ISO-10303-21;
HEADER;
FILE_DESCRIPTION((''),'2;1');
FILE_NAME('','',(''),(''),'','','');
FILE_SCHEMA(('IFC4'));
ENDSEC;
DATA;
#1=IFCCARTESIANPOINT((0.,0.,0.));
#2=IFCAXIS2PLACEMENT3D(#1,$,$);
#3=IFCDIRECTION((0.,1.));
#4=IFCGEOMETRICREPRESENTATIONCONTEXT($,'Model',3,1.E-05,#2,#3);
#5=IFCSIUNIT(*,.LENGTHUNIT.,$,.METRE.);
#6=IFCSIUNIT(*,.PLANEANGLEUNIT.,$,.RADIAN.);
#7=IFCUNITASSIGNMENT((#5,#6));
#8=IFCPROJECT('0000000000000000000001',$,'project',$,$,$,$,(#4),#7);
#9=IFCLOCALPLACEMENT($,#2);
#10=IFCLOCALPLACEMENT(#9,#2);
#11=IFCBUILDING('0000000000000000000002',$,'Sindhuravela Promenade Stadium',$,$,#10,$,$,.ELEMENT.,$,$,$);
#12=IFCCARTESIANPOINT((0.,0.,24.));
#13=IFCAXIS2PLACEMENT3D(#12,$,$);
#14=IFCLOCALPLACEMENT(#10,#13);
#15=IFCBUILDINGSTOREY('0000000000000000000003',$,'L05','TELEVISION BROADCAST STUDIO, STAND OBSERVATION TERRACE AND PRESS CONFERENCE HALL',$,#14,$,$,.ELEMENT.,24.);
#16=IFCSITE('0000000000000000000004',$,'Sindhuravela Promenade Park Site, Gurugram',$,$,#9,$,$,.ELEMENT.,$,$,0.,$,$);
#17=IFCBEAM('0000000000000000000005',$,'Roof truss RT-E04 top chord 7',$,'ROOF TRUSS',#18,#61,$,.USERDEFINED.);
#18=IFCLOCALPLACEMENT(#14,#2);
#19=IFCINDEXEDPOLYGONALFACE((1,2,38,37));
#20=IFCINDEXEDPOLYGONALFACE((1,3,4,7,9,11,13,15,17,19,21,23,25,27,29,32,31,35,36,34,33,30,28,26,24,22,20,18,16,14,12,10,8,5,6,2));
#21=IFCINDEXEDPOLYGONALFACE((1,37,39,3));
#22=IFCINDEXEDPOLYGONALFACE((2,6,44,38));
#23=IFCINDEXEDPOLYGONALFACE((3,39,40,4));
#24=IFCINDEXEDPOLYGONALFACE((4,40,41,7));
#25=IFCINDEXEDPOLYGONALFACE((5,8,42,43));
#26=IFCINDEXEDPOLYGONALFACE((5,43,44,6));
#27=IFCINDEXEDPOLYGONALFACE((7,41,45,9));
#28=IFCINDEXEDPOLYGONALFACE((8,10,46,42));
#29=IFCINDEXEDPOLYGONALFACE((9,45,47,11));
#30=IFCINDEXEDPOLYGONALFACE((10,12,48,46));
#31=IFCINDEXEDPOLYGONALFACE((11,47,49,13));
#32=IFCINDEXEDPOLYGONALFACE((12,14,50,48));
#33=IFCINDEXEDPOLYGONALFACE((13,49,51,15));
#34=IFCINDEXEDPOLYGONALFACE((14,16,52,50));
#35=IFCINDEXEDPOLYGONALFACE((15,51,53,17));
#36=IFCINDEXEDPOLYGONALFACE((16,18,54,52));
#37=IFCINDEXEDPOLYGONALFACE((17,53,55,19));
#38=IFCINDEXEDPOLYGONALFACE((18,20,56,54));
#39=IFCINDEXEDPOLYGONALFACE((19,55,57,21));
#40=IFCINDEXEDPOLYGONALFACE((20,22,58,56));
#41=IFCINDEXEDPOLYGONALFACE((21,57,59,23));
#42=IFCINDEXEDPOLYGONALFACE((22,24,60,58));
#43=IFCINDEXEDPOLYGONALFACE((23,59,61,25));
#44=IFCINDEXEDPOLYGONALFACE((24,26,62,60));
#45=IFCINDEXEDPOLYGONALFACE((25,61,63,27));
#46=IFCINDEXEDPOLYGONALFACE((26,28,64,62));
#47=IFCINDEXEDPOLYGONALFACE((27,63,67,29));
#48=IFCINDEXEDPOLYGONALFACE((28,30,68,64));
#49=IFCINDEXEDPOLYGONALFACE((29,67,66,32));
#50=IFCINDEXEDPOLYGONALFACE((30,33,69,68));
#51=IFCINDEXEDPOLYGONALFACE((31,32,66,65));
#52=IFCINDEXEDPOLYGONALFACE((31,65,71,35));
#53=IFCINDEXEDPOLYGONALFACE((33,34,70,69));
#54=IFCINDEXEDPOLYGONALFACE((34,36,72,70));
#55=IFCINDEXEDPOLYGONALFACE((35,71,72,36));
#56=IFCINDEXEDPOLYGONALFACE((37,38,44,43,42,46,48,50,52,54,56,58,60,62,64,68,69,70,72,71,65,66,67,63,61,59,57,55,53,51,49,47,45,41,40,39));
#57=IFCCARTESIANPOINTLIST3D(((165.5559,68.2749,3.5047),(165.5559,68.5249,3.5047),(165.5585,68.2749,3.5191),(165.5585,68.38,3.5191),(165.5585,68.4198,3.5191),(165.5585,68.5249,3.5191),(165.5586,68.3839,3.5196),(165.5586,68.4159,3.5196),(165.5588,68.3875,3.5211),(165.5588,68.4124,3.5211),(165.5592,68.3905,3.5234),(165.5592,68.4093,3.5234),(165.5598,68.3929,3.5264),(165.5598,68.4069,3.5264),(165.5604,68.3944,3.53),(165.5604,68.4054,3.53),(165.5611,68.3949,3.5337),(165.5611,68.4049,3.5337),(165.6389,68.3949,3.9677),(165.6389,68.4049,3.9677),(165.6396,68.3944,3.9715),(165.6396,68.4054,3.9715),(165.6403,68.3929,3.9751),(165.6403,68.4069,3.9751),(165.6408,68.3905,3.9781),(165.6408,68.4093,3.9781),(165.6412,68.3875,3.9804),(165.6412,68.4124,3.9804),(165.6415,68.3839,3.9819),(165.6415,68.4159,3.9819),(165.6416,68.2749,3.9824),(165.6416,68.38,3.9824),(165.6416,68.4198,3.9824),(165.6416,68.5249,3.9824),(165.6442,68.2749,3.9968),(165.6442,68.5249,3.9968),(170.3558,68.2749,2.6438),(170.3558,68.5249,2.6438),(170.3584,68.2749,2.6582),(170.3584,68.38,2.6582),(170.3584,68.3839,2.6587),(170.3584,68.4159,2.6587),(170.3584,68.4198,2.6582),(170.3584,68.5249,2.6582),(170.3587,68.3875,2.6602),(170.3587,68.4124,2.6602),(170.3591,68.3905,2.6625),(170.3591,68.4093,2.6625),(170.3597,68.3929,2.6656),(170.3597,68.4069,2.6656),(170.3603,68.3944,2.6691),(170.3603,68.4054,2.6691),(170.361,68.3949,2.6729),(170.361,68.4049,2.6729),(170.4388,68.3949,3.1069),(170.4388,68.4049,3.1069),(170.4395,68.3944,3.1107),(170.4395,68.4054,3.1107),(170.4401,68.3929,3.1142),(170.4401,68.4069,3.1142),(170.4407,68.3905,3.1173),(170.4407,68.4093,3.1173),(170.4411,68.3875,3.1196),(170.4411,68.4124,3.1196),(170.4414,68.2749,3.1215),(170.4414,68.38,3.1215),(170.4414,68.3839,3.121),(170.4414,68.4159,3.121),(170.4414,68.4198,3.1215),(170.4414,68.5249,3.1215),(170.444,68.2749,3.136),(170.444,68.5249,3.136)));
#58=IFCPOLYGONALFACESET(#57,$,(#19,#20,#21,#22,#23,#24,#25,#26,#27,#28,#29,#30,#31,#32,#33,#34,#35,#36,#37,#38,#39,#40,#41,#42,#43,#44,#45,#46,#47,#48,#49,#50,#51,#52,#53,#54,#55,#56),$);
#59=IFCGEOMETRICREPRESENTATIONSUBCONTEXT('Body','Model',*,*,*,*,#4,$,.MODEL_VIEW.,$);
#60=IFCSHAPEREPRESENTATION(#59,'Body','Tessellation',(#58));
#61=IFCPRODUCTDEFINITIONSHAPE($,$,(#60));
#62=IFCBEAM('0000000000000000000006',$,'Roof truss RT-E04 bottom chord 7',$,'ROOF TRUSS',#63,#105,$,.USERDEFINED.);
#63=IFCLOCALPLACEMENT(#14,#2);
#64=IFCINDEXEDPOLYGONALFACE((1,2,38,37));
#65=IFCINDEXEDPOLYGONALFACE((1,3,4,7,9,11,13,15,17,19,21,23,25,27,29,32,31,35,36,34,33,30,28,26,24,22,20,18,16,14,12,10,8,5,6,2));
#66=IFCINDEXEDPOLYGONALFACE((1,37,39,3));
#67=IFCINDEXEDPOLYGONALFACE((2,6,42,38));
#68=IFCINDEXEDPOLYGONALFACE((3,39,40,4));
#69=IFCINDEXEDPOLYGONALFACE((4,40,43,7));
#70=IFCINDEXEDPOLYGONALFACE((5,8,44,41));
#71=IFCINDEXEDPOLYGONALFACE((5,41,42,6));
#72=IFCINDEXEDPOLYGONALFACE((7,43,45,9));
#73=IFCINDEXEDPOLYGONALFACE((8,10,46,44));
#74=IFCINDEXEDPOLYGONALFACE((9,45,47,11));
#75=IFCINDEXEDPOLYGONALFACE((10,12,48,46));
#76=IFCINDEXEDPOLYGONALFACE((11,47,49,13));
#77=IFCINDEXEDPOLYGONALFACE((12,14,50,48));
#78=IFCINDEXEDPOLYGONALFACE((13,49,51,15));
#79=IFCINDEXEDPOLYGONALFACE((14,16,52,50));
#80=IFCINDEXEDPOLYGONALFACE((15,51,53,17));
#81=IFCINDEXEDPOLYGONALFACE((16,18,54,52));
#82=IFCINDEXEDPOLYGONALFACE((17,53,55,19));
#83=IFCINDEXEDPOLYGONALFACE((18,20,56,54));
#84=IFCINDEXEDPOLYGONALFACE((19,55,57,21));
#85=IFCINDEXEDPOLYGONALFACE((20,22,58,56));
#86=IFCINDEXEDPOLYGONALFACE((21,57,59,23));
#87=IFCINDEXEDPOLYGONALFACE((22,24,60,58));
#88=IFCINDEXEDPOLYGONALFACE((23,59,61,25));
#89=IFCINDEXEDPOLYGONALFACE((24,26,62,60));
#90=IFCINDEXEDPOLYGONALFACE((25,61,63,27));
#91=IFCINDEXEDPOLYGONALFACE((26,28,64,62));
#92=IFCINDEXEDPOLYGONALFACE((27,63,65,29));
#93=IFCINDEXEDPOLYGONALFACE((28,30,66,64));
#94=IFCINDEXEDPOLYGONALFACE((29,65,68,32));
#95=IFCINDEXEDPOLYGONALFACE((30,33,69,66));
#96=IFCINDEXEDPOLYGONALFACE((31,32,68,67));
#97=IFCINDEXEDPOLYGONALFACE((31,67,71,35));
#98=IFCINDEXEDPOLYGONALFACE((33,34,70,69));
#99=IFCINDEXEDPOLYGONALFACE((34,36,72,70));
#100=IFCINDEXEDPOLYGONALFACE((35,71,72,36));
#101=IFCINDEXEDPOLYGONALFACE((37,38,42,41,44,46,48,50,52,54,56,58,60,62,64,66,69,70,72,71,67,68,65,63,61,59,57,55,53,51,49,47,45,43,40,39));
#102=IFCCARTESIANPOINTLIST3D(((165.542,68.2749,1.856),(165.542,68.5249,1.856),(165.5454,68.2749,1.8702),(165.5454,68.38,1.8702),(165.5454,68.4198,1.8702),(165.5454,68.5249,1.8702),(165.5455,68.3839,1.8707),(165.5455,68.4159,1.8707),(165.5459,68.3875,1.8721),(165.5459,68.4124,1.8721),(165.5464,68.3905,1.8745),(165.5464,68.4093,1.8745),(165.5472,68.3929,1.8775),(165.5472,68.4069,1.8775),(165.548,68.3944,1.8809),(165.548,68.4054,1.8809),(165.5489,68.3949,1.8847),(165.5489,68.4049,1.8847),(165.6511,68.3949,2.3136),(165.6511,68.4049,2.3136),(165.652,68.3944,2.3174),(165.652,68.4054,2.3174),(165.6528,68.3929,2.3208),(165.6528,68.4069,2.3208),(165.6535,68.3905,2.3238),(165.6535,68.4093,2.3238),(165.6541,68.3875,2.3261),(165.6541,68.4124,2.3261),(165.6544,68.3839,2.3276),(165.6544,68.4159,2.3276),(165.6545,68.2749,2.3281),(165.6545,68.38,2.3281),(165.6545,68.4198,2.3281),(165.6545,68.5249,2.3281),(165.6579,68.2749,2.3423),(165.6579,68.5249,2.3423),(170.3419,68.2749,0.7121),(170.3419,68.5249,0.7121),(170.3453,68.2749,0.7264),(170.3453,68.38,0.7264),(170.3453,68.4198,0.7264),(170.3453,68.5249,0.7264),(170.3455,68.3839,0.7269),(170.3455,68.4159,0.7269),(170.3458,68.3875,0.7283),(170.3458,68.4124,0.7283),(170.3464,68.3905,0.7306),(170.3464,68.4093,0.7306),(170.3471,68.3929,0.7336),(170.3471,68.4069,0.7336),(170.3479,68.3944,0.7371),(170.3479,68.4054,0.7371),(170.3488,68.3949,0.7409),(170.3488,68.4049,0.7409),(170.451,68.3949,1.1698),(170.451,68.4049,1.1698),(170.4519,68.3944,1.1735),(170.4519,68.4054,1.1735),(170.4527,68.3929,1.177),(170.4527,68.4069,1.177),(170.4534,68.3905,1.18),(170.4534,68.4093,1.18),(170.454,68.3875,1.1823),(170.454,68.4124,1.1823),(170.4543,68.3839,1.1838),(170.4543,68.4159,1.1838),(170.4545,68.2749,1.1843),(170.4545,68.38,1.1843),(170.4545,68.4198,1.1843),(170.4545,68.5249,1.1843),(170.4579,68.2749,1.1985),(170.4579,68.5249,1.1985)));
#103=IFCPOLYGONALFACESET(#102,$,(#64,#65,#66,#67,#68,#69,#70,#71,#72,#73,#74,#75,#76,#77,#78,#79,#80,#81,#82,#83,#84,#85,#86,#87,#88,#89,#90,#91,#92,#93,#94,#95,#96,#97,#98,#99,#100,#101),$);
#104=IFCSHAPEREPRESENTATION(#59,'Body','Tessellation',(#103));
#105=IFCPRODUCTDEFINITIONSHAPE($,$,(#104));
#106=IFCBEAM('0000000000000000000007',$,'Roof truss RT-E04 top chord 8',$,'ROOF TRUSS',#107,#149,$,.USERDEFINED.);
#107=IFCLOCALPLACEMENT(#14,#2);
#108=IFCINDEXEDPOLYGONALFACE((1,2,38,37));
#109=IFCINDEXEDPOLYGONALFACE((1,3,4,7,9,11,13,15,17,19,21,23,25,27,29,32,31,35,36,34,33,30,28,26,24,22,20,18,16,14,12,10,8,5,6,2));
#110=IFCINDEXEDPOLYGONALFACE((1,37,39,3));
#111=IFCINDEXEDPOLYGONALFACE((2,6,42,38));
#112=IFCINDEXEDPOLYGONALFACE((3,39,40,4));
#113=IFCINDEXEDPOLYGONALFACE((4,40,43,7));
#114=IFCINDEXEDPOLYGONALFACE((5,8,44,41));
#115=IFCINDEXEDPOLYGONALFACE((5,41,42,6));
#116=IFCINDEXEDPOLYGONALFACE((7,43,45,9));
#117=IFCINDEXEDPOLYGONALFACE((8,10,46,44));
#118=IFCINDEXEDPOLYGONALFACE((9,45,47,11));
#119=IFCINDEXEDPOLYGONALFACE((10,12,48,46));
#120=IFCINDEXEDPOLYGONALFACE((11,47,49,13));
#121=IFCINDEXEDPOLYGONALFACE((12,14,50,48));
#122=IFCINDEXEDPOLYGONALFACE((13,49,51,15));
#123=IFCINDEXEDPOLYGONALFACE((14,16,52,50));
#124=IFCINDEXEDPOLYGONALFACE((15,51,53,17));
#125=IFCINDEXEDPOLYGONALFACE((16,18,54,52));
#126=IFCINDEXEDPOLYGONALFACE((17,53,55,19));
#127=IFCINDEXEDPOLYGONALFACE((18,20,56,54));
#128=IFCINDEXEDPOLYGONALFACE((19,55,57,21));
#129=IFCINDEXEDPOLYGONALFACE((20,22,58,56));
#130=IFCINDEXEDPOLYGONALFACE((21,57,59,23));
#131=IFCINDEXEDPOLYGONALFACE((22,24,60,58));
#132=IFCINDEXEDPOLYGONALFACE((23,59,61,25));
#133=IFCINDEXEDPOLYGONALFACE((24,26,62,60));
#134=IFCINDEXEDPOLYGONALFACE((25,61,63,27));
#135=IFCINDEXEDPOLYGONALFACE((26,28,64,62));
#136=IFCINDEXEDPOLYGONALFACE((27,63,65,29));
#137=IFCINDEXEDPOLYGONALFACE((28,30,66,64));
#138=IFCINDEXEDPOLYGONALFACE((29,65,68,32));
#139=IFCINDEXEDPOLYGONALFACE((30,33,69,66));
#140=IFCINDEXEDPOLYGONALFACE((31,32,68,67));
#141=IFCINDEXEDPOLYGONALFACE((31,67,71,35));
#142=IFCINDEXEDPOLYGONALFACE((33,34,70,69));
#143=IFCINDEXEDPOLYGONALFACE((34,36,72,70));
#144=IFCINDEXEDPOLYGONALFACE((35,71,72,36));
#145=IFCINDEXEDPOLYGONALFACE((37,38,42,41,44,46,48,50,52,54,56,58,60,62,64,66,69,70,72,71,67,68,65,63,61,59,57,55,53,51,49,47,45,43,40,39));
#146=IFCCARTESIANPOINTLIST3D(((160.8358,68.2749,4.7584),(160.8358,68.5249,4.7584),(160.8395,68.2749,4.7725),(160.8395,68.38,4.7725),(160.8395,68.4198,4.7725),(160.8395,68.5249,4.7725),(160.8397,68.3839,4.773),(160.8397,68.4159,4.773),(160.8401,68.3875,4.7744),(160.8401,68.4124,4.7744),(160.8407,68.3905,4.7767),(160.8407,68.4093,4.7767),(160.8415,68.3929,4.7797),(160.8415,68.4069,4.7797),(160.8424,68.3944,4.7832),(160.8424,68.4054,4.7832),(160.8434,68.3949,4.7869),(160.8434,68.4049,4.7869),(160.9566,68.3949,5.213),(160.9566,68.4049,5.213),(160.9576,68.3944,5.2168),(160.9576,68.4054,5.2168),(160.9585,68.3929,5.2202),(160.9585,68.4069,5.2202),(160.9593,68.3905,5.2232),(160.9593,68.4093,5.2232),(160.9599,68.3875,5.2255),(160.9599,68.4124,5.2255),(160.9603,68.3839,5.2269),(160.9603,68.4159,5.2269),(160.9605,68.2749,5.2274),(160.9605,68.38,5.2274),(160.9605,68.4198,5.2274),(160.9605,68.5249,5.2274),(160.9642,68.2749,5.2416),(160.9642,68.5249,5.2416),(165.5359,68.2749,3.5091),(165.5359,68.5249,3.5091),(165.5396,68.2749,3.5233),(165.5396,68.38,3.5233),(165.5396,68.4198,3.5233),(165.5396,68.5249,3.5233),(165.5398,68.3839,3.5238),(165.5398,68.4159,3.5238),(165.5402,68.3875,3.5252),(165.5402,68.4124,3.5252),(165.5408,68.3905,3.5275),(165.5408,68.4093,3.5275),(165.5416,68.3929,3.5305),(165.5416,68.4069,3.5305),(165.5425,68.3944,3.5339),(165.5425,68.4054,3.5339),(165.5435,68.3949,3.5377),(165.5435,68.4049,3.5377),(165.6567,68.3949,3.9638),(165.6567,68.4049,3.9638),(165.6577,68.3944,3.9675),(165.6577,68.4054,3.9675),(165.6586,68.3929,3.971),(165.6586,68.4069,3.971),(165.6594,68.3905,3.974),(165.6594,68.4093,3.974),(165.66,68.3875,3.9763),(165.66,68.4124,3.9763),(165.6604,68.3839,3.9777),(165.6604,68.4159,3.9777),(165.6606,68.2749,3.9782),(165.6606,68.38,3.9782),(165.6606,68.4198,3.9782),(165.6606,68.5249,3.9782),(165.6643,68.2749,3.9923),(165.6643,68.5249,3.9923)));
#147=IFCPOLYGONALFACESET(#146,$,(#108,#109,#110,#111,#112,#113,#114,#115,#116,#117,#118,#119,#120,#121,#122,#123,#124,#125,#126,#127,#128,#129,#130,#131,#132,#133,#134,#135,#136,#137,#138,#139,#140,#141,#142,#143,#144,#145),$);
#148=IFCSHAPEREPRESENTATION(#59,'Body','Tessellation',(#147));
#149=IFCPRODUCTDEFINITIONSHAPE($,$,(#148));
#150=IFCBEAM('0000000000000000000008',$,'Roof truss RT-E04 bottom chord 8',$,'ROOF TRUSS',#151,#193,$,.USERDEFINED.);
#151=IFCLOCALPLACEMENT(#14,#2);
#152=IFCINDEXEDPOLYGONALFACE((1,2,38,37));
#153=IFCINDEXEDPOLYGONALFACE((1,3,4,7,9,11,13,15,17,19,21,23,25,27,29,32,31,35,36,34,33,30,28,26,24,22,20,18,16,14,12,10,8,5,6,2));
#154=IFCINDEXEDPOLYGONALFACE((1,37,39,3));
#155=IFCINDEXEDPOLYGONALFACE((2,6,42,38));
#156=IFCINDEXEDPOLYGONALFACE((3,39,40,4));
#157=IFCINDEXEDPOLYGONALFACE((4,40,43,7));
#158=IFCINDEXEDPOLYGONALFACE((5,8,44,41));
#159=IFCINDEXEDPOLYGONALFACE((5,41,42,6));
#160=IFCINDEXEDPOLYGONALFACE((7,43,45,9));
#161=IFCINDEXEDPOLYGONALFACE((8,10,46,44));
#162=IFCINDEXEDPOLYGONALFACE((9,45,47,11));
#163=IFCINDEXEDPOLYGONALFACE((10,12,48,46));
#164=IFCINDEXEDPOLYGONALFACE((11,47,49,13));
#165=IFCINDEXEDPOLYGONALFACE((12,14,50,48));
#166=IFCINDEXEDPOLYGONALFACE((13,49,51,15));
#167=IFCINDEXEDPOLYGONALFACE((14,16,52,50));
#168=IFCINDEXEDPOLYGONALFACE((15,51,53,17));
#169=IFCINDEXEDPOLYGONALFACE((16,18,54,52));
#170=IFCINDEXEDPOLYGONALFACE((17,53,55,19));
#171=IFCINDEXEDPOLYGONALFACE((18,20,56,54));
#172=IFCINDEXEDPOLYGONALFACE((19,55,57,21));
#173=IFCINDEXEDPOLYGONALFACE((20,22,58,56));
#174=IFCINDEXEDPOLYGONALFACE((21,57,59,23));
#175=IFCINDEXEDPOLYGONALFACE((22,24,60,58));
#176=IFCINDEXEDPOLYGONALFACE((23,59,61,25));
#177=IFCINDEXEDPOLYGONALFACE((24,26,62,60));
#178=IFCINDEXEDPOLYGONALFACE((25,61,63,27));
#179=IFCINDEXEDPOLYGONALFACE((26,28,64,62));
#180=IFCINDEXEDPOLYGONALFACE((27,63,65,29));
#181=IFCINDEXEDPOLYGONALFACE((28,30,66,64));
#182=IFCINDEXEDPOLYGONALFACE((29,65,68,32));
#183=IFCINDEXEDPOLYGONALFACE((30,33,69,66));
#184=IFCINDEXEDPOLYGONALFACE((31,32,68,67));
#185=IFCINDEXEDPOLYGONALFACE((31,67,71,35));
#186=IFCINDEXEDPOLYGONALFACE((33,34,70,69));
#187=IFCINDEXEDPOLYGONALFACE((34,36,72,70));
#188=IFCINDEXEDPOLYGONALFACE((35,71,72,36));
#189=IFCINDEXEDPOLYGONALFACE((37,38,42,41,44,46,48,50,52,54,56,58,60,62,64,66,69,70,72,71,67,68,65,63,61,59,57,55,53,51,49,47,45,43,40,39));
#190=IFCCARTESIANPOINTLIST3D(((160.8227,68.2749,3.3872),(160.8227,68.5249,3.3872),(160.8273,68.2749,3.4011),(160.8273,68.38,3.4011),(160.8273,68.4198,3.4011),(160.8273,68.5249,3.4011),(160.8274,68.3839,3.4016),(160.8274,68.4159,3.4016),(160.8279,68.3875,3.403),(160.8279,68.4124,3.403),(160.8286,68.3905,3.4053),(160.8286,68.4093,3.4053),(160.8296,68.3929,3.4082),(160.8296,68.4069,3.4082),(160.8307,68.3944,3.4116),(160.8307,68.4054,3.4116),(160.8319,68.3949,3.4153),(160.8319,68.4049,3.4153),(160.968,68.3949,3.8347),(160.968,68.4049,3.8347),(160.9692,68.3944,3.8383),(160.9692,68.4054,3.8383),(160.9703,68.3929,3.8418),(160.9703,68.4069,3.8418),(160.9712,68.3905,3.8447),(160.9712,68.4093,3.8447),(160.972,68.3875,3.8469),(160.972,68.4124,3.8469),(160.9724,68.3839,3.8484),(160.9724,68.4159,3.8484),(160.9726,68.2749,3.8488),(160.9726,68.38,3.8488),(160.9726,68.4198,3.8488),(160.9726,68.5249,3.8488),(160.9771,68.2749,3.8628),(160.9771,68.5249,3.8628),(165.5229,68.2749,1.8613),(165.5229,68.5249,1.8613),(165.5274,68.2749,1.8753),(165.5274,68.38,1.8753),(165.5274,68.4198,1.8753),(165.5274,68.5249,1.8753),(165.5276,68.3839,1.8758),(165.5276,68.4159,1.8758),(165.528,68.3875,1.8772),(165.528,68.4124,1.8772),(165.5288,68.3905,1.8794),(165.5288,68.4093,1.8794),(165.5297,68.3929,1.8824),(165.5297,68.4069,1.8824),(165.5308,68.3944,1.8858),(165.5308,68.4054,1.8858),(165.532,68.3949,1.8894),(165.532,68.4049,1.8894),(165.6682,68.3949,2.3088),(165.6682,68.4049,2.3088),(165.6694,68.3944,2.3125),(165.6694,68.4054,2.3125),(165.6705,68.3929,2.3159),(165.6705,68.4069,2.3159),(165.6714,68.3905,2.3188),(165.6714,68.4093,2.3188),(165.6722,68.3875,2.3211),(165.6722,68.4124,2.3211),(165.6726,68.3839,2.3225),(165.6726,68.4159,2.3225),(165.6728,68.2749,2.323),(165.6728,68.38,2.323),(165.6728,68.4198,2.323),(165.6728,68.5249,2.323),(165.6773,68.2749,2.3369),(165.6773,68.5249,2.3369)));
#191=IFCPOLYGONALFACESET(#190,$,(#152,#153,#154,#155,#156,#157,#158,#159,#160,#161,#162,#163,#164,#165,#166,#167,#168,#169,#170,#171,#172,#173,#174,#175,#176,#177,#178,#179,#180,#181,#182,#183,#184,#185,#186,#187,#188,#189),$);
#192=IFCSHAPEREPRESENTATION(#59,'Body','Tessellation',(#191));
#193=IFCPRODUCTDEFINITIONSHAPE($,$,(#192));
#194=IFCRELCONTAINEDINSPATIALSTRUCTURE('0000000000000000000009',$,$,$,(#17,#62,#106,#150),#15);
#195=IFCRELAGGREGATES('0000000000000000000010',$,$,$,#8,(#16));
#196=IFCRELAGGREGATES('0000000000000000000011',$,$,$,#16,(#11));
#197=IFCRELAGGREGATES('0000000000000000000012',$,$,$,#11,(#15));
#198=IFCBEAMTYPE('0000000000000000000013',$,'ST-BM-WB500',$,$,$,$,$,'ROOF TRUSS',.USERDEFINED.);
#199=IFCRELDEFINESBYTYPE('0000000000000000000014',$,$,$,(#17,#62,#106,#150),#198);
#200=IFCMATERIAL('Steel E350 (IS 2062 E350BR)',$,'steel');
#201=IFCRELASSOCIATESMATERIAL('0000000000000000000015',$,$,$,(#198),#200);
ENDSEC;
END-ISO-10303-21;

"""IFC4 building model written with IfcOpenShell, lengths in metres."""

from ifc_helpers import new_model, si_unit, direction, frame, origin, origin_2d, place, context, subcontext, project, spatial, i_section, extrude, material, material_profile, profile_set, type_object, element, save


model = new_model("IFC4")

# Units and contexts
model_context = context("Model", 3, precision=1e-05, world=origin(), true_north=direction((0.0, 1.0)))
body_context = subcontext(model_context, "Body", "Model", "MODEL_VIEW")
ifc_project = project(units=[si_unit("LENGTHUNIT", "METRE"), si_unit("PLANEANGLEUNIT", "RADIAN")], contexts=[model_context])

# Site, building, storey
site_placement = place(None, origin())
site = spatial("IfcSite", under=ifc_project, at=site_placement, Name="Sindhuravela Promenade Park Site, Gurugram", CompositionType="ELEMENT", RefElevation=0.0)
building_placement = place(site_placement, origin())
building = spatial("IfcBuilding", under=site, at=building_placement, Name="Sindhuravela Promenade Stadium", CompositionType="ELEMENT")
storey_placement = place(building_placement, frame((0.0, 0.0, 24.0)))
storey = spatial("IfcBuildingStorey", under=building, at=storey_placement, Name="L05", Description="TELEVISION BROADCAST STUDIO, STAND OBSERVATION TERRACE AND PRESS CONFERENCE HALL", CompositionType="ELEMENT", Elevation=24.0)

# Beams
ifc_material_1 = material(Name="Steel E350 (IS 2062 E350BR)", Category="steel")
ifc_material_profile_1 = material_profile(ifc_material_1, i_section(OverallWidth=0.25, OverallDepth=0.5, WebThickness=0.01, FlangeThickness=0.0146, FilletRadius=0.0149, at=origin_2d()), Name="ISWB 500")
ifc_profile_set_1 = profile_set([ifc_material_profile_1], Name="Steel E350 (IS 2062 E350BR)")
beam_type = type_object("IfcBeamType", Name="ST-BM-WB500", ElementType="ROOF TRUSS", PredefinedType="USERDEFINED", material=ifc_profile_set_1)
beam_1_placement = place(storey_placement, frame((170.3999, 68.3999, 2.8899), z_axis=(-0.984295, 0.0, 0.176532), x_axis=(0.0, -1.0, 0.0)))
element("IfcBeam", 1, at=beam_1_placement, inside=storey, type_object=beam_type, Name="Roof truss RT-E04 top chord 7", ObjectType="ROOF TRUSS", PredefinedType="USERDEFINED", context=body_context, shape_type="SweptSolid", body=[
    extrude(i_section(OverallWidth=0.25, OverallDepth=0.5, WebThickness=0.01, FlangeThickness=0.0146, FilletRadius=0.0149, at=origin_2d()), origin(), (0.0, 0.0, 1.0), 4.8765),
])
beam_2_placement = place(storey_placement, frame((170.3999, 68.3999, 0.9553), z_axis=(-0.972761, 0.0, 0.23181), x_axis=(0.0, -1.0, 0.0)))
element("IfcBeam", 2, at=beam_2_placement, inside=storey, type_object=beam_type, Name="Roof truss RT-E04 bottom chord 7", ObjectType="ROOF TRUSS", PredefinedType="USERDEFINED", context=body_context, shape_type="SweptSolid", body=[
    extrude(i_section(OverallWidth=0.25, OverallDepth=0.5, WebThickness=0.01, FlangeThickness=0.0146, FilletRadius=0.0149, at=origin_2d()), origin(), (0.0, 0.0, 1.0), 4.9343),
])
beam_3_placement = place(storey_placement, frame((165.6001, 68.3999, 3.7507), z_axis=(-0.966445, 0.0, 0.256872), x_axis=(0.0, -1.0, 0.0)))
element("IfcBeam", 3, at=beam_3_placement, inside=storey, type_object=beam_type, Name="Roof truss RT-E04 top chord 8", ObjectType="ROOF TRUSS", PredefinedType="USERDEFINED", context=body_context, shape_type="SweptSolid", body=[
    extrude(i_section(OverallWidth=0.25, OverallDepth=0.5, WebThickness=0.01, FlangeThickness=0.0146, FilletRadius=0.0149, at=origin_2d()), origin(), (0.0, 0.0, 1.0), 4.8633),
])
beam_4_placement = place(storey_placement, frame((165.6001, 68.3999, 2.0991), z_axis=(-0.951134, 0.0, 0.308778), x_axis=(0.0, -1.0, 0.0)))
element("IfcBeam", 4, at=beam_4_placement, inside=storey, type_object=beam_type, Name="Roof truss RT-E04 bottom chord 8", ObjectType="ROOF TRUSS", PredefinedType="USERDEFINED", context=body_context, shape_type="SweptSolid", body=[
    extrude(i_section(OverallWidth=0.25, OverallDepth=0.5, WebThickness=0.01, FlangeThickness=0.0146, FilletRadius=0.0149, at=origin_2d()), origin(), (0.0, 0.0, 1.0), 4.9417),
])

save(model, "model.ifc")
